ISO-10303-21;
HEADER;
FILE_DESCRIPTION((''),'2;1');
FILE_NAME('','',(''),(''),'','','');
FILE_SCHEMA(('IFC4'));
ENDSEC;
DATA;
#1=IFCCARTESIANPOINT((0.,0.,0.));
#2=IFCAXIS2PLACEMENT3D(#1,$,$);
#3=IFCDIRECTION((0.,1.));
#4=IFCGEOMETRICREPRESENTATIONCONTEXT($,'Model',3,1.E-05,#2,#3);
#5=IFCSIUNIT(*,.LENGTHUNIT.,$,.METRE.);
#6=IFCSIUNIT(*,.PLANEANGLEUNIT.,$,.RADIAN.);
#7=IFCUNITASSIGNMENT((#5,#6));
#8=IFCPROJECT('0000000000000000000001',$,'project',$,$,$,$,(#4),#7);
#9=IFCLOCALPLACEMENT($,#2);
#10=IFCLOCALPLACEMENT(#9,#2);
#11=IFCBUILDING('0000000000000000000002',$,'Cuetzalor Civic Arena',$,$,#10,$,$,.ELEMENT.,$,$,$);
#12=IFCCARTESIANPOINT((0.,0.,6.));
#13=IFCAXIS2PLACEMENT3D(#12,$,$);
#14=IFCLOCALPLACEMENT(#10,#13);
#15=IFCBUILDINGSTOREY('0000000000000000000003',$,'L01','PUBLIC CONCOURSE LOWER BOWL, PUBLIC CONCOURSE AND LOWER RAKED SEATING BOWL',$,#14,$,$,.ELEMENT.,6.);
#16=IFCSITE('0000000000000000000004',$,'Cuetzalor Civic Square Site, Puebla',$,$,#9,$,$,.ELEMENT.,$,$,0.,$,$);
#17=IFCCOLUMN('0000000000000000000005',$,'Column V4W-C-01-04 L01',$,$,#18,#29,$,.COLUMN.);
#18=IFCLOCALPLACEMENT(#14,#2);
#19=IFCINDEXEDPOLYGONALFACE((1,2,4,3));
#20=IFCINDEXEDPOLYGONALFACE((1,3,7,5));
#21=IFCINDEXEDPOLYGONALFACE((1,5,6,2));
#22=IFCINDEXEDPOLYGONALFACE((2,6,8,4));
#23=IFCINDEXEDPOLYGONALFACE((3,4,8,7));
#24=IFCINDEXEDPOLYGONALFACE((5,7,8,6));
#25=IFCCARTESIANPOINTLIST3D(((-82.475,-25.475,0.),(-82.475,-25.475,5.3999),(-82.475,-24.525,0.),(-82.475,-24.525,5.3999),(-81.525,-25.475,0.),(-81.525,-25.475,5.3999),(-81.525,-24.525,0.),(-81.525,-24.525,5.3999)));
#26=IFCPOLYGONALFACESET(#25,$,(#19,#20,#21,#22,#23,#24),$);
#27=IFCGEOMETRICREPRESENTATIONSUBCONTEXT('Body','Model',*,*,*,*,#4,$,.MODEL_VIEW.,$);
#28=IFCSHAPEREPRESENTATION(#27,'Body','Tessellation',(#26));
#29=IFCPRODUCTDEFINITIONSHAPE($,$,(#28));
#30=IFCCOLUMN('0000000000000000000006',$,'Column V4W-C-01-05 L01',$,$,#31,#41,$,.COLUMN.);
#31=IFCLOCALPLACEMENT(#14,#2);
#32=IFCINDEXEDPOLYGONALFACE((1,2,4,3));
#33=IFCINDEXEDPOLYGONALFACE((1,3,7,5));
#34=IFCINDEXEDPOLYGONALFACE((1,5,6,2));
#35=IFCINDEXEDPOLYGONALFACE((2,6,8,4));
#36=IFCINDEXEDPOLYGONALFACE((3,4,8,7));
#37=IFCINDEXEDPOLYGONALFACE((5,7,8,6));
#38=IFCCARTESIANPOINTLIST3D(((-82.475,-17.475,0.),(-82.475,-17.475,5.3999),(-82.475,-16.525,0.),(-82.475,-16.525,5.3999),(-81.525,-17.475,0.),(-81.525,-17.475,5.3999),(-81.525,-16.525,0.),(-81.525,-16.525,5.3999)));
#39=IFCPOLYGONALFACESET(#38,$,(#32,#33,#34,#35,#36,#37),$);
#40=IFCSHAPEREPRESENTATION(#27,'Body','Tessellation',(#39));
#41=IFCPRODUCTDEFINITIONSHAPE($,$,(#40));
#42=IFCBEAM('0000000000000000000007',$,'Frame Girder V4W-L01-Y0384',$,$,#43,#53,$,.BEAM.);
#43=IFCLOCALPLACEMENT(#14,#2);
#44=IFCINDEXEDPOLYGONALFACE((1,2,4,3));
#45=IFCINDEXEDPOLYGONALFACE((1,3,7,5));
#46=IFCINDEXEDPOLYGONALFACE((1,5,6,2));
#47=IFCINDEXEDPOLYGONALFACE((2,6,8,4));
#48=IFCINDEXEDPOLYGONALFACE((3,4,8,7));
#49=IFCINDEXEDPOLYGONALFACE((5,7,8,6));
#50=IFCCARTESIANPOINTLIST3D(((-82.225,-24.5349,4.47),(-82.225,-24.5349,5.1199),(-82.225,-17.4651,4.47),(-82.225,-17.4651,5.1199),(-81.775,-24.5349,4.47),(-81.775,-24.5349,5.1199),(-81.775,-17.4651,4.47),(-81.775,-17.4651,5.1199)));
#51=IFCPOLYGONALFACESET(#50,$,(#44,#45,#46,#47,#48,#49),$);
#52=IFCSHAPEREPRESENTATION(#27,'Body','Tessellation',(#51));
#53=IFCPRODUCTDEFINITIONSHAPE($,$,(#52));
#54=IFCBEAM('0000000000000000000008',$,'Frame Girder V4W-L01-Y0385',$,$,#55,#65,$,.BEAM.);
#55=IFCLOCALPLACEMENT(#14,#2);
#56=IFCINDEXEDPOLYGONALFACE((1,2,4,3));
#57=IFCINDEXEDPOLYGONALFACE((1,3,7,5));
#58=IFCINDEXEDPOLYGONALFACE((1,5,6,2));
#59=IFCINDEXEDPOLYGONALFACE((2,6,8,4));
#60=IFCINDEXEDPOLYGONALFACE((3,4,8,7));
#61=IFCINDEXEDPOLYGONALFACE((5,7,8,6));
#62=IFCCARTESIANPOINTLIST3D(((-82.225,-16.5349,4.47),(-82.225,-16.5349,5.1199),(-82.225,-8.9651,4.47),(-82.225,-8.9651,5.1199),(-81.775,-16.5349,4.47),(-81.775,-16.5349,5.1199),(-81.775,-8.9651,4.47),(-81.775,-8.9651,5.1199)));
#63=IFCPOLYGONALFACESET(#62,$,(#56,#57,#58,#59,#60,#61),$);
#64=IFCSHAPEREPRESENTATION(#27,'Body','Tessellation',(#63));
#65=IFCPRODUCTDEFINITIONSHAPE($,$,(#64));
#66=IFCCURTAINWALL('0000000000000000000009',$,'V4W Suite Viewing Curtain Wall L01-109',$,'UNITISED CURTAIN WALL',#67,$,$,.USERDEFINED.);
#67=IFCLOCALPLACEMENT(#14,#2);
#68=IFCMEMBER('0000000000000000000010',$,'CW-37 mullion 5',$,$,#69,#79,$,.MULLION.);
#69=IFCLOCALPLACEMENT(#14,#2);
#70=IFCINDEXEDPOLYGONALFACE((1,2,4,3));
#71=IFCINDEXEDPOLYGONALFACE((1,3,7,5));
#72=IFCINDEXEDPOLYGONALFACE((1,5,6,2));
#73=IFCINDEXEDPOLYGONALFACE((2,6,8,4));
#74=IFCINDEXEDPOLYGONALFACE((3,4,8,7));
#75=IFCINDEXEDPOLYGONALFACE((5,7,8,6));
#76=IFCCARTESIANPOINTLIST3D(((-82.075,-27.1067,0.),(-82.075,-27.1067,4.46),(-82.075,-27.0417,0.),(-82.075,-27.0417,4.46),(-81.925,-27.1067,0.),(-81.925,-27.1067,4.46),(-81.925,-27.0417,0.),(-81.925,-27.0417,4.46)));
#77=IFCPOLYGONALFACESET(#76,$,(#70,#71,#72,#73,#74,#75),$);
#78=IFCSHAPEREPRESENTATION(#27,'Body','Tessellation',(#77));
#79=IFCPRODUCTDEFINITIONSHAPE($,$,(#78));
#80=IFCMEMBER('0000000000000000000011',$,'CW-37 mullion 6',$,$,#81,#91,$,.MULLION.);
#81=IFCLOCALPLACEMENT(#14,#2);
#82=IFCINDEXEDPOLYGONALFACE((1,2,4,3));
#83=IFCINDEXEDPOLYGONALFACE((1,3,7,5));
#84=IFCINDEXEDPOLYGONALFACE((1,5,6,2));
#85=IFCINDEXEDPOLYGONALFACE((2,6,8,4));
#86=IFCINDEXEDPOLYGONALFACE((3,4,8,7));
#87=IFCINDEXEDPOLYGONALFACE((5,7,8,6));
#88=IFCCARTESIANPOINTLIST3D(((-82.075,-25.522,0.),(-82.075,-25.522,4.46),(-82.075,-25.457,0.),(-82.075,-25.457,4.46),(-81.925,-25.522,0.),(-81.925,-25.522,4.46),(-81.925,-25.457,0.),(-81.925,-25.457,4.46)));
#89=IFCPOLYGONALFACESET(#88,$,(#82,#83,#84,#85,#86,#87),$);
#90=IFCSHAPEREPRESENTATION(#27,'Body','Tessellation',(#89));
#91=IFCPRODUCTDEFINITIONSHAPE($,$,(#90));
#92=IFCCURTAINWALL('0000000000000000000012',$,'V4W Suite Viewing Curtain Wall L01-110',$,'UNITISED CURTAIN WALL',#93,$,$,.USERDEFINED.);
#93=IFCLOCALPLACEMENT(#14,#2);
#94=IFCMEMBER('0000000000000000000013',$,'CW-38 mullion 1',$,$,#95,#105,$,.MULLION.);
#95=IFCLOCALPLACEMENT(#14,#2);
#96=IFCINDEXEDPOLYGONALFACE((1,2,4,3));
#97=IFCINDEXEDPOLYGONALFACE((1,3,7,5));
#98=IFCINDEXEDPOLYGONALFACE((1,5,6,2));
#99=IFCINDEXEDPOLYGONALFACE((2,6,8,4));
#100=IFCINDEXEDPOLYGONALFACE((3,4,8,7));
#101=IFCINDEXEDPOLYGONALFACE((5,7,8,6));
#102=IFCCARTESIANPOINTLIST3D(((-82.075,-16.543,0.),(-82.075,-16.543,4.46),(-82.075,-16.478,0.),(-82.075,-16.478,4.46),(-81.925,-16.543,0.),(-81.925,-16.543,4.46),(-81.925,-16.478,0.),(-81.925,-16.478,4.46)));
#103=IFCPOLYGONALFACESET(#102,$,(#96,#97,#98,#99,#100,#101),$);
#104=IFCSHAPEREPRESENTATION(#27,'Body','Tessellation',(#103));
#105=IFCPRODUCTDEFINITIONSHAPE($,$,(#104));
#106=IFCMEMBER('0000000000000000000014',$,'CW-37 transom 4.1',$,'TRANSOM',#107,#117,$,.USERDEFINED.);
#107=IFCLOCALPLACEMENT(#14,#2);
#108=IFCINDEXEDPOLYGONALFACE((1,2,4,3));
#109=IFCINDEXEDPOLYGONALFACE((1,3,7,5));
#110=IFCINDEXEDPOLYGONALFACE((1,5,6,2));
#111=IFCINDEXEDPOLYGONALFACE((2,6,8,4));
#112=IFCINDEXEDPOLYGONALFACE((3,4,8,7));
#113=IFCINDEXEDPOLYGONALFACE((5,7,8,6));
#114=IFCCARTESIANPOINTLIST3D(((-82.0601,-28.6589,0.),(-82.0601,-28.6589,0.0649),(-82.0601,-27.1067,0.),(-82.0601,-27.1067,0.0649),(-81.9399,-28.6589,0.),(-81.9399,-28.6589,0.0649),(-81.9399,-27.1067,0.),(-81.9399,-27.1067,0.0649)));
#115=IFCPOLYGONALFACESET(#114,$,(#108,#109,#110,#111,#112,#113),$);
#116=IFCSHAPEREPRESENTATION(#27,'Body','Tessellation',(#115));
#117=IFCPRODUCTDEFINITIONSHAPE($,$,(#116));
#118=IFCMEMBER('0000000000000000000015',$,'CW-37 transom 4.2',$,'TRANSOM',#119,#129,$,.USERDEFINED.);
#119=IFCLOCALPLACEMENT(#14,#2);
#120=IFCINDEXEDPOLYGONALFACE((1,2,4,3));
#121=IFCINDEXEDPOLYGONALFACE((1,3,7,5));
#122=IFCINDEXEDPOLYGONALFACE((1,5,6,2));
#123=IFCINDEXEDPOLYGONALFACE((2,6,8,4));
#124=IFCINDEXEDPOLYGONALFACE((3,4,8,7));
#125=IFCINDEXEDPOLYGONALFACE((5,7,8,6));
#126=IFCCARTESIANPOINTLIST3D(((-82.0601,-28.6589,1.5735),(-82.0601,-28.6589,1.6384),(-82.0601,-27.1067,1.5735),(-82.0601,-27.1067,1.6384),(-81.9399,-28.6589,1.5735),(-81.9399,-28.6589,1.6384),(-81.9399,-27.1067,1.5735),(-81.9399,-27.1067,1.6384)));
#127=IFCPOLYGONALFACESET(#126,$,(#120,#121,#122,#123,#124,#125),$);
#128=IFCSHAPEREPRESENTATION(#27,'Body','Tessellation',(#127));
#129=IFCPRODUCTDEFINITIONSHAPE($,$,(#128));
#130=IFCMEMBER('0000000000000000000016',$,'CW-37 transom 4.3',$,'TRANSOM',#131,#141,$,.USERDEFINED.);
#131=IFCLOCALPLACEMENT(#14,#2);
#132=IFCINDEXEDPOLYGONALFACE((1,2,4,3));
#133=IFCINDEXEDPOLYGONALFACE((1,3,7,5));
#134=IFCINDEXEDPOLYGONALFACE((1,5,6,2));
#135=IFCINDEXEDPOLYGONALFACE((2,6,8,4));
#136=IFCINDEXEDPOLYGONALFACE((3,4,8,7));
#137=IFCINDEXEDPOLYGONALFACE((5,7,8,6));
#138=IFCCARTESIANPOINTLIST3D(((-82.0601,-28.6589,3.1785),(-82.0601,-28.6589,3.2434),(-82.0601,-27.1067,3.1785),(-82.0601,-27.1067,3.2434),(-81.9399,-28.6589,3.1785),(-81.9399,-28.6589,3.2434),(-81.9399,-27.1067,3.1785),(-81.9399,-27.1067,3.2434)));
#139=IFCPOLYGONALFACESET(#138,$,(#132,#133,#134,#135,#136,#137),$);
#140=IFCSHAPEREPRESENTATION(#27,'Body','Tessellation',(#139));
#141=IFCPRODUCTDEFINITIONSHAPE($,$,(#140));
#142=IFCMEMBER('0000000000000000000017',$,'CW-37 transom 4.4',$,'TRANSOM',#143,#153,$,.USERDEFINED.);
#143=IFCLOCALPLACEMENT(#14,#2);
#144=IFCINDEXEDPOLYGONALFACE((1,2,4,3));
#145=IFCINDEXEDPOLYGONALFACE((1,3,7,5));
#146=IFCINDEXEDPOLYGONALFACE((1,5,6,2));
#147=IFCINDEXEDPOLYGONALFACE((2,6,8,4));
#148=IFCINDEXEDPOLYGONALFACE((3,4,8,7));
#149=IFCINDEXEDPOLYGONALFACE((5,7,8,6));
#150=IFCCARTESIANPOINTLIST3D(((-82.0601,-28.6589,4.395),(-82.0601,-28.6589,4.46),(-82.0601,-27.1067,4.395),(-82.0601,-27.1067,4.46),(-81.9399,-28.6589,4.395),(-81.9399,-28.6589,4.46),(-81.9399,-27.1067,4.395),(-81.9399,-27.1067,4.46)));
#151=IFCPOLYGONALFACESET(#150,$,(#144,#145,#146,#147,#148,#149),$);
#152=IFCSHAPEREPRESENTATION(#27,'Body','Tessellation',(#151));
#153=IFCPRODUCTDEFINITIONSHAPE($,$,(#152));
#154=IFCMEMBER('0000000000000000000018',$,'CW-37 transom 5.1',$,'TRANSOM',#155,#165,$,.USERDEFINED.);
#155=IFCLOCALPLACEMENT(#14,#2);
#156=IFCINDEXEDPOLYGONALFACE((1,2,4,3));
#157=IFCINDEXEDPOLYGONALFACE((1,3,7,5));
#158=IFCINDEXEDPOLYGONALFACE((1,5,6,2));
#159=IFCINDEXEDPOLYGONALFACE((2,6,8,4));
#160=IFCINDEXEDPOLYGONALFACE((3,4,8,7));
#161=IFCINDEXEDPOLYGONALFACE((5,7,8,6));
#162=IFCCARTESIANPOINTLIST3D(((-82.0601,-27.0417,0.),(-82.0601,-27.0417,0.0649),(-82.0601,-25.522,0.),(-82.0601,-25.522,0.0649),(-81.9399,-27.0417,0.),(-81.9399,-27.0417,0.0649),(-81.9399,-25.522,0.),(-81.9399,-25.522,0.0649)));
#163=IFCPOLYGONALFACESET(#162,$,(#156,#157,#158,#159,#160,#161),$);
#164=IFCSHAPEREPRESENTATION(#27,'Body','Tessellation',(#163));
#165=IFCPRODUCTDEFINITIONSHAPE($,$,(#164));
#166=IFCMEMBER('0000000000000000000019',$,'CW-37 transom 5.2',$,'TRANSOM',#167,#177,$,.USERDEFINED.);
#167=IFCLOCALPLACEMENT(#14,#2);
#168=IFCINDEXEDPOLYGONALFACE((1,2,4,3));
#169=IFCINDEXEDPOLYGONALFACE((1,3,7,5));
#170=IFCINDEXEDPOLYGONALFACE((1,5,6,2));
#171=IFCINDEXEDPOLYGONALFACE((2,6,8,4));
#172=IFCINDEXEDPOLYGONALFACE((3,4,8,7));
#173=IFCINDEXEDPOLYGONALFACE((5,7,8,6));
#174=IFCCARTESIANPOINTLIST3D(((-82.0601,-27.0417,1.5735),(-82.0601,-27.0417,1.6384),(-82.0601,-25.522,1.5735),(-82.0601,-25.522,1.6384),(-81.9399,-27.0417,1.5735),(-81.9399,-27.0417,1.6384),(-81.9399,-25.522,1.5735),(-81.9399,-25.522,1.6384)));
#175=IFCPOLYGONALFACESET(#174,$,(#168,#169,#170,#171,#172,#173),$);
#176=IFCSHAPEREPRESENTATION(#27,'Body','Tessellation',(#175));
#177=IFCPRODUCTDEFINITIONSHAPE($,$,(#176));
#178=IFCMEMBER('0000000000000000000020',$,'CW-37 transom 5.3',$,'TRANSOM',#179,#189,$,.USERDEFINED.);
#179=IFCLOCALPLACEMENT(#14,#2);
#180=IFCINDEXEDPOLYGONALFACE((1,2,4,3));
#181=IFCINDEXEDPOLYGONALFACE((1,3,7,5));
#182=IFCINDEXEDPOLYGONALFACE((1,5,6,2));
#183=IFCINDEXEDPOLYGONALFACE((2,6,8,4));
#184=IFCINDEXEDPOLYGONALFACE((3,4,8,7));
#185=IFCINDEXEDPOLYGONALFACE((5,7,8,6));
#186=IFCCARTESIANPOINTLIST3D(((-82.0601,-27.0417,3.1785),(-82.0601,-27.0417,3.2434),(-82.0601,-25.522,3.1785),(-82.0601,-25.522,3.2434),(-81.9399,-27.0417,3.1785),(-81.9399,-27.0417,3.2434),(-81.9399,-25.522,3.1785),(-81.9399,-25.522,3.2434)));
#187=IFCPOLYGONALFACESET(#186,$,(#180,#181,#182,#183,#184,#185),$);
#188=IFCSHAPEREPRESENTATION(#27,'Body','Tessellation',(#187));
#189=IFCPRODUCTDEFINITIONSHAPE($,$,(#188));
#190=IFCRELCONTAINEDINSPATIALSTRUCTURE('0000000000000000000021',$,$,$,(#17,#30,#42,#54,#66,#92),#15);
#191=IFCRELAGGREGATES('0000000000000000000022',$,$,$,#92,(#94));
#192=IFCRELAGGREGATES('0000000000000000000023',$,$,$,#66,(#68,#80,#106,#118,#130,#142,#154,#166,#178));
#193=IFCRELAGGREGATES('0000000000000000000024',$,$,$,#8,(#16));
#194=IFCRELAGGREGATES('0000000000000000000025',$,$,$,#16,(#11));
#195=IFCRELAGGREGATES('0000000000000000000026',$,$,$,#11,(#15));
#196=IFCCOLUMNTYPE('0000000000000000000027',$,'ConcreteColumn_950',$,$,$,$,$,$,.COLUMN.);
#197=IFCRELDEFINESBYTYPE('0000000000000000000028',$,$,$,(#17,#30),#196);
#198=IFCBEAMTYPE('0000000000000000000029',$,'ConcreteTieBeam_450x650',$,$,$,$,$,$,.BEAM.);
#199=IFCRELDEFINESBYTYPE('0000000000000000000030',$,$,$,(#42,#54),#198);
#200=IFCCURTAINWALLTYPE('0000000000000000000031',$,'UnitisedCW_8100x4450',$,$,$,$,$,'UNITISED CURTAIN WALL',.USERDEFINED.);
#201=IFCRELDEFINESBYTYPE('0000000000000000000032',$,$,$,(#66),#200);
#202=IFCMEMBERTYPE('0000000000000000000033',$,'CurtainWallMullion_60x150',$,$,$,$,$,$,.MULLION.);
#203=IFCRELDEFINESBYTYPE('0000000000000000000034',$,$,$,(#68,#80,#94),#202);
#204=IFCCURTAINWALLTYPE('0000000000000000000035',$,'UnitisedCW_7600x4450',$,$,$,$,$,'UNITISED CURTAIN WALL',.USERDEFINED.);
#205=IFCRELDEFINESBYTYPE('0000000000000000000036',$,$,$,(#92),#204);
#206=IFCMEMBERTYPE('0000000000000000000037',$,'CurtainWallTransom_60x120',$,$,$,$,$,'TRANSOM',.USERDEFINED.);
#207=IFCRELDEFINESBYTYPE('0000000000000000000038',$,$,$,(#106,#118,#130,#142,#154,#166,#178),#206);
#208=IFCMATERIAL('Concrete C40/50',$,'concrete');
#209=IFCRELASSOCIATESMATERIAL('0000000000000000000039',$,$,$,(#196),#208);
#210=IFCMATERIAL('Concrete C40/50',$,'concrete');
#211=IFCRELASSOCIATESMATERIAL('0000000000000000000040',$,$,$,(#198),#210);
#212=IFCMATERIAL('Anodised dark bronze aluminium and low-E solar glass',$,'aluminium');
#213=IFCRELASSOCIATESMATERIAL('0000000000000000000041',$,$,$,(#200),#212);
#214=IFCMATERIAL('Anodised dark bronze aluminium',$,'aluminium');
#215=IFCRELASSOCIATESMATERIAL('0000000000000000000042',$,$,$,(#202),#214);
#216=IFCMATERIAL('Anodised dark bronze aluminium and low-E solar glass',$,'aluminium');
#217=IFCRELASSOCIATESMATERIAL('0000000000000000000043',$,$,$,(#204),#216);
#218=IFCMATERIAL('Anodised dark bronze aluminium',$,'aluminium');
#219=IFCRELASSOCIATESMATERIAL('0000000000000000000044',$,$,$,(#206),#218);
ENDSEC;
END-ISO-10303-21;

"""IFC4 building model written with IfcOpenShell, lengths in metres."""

from ifc_helpers import new_model, si_unit, direction, frame, origin, origin_2d, place, context, subcontext, project, spatial, rectangle, extrude, material, material_profile, profile_set, type_object, element, aggregate, save


model = new_model("IFC4")

# Units and contexts
model_context = context("Model", 3, precision=1e-05, world=origin(), true_north=direction((0.0, 1.0)))
body_context = subcontext(model_context, "Body", "Model", "MODEL_VIEW")
ifc_project = project(units=[si_unit("LENGTHUNIT", "METRE"), si_unit("PLANEANGLEUNIT", "RADIAN")], contexts=[model_context])

# Site, building, storey
site_placement = place(None, origin())
site = spatial("IfcSite", under=ifc_project, at=site_placement, Name="Cuetzalor Civic Square Site, Puebla", CompositionType="ELEMENT", RefElevation=0.0)
building_placement = place(site_placement, origin())
building = spatial("IfcBuilding", under=site, at=building_placement, Name="Cuetzalor Civic Arena", CompositionType="ELEMENT")
storey_placement = place(building_placement, frame((0.0, 0.0, 6.0)))
storey = spatial("IfcBuildingStorey", under=building, at=storey_placement, Name="L01", Description="PUBLIC CONCOURSE LOWER BOWL, PUBLIC CONCOURSE AND LOWER RAKED SEATING BOWL", CompositionType="ELEMENT", Elevation=6.0)

# Columns
ifc_material_1 = material(Name="Concrete C40/50", Category="concrete")
ifc_material_profile_1 = material_profile(ifc_material_1, rectangle(XDim=0.95, YDim=0.95, at=origin_2d()), Name="RC 950x950")
ifc_profile_set_1 = profile_set([ifc_material_profile_1], Name="Concrete C40/50")
column_type = type_object("IfcColumnType", Name="ConcreteColumn_950", PredefinedType="COLUMN", material=ifc_profile_set_1)
for number, where, z_axis, x_axis, name in (
    (1, (-82.0, -25.0, 0.0), (0.0, 0.0, 1.0), (1.0, 0.0, 0.0), "Column V4W-C-01-04 L01"),
    (2, (-82.0, -17.0, 0.0), (0.0, 0.0, 1.0), (1.0, 0.0, 0.0), "Column V4W-C-01-05 L01"),
):
    element("IfcColumn", number, at=place(storey_placement, frame(where, z_axis=z_axis, x_axis=x_axis)), inside=storey, type_object=column_type, Name=name, PredefinedType="COLUMN", context=body_context, shape_type="SweptSolid", body=[
        extrude(rectangle(XDim=0.95, YDim=0.95, at=origin_2d()), origin(), (0.0, 0.0, 1.0), 5.3999),
    ])

# Beams
ifc_material_2 = material(Name="Concrete C40/50", Category="concrete")
ifc_material_profile_2 = material_profile(ifc_material_2, rectangle(XDim=0.45, YDim=0.6499, at=origin_2d()), Name="RC 450x650")
ifc_profile_set_2 = profile_set([ifc_material_profile_2], Name="Concrete C40/50")
beam_type = type_object("IfcBeamType", Name="ConcreteTieBeam_450x650", PredefinedType="BEAM", material=ifc_profile_set_2)
beam_1_placement = place(storey_placement, frame((-82.0, -24.5349, 4.7949), z_axis=(0.0, 1.0, 0.0), x_axis=(-1.0, 0.0, 0.0)))
element("IfcBeam", 3, at=beam_1_placement, inside=storey, type_object=beam_type, Name="Frame Girder V4W-L01-Y0384", PredefinedType="BEAM", context=body_context, shape_type="SweptSolid", body=[
    extrude(rectangle(XDim=0.45, YDim=0.6499, at=origin_2d()), origin(), (0.0, 0.0, 1.0), 7.0698),
])
beam_2_placement = place(storey_placement, frame((-82.0, -16.5349, 4.7949), z_axis=(0.0, 1.0, 0.0), x_axis=(-1.0, 0.0, 0.0)))
element("IfcBeam", 4, at=beam_2_placement, inside=storey, type_object=beam_type, Name="Frame Girder V4W-L01-Y0385", PredefinedType="BEAM", context=body_context, shape_type="SweptSolid", body=[
    extrude(rectangle(XDim=0.45, YDim=0.6499, at=origin_2d()), origin(), (0.0, 0.0, 1.0), 7.5698),
])

# Curtain wall, members
ifc_material_3 = material(Name="Anodised dark bronze aluminium and low-E solar glass", Category="aluminium")
curtain_wall_type_1 = type_object("IfcCurtainWallType", Name="UnitisedCW_8100x4450", ElementType="UNITISED CURTAIN WALL", PredefinedType="USERDEFINED", material=ifc_material_3)
curtain_wall_1_placement = place(storey_placement, origin())
curtain_wall_1 = element("IfcCurtainWall", 5, at=curtain_wall_1_placement, inside=storey, type_object=curtain_wall_type_1, Name="V4W Suite Viewing Curtain Wall L01-109", ObjectType="UNITISED CURTAIN WALL", PredefinedType="USERDEFINED")
ifc_material_4 = material(Name="Anodised dark bronze aluminium", Category="aluminium")
ifc_material_profile_3 = material_profile(ifc_material_4, rectangle(XDim=0.0649, YDim=0.1499, at=origin_2d()), Name="ALU MULLION 65x150")
ifc_profile_set_3 = profile_set([ifc_material_profile_3], Name="Anodised dark bronze aluminium")
member_type_1 = type_object("IfcMemberType", Name="CurtainWallMullion_60x150", PredefinedType="MULLION", material=ifc_profile_set_3)
member_1_placement = place(storey_placement, frame((-82.0, -27.0742, 0.0), z_axis=(0.0, 0.0, 1.0), x_axis=(0.0, 1.0, 0.0)))
member_1 = element("IfcMember", 6, at=member_1_placement, type_object=member_type_1, Name="CW-37 mullion 5", PredefinedType="MULLION", context=body_context, shape_type="SweptSolid", body=[
    extrude(rectangle(XDim=0.0649, YDim=0.1499, at=origin_2d()), origin(), (0.0, 0.0, 1.0), 4.46),
])
member_2_placement = place(storey_placement, frame((-82.0, -25.4895, 0.0), z_axis=(0.0, 0.0, 1.0), x_axis=(0.0, 1.0, 0.0)))
member_2 = element("IfcMember", 7, at=member_2_placement, type_object=member_type_1, Name="CW-37 mullion 6", PredefinedType="MULLION", context=body_context, shape_type="SweptSolid", body=[
    extrude(rectangle(XDim=0.0649, YDim=0.1499, at=origin_2d()), origin(), (0.0, 0.0, 1.0), 4.46),
])

# Curtain wall, member
ifc_material_5 = material(Name="Anodised dark bronze aluminium and low-E solar glass", Category="aluminium")
curtain_wall_type_2 = type_object("IfcCurtainWallType", Name="UnitisedCW_7600x4450", ElementType="UNITISED CURTAIN WALL", PredefinedType="USERDEFINED", material=ifc_material_5)
curtain_wall_2_placement = place(storey_placement, origin())
curtain_wall_2 = element("IfcCurtainWall", 8, at=curtain_wall_2_placement, inside=storey, type_object=curtain_wall_type_2, Name="V4W Suite Viewing Curtain Wall L01-110", ObjectType="UNITISED CURTAIN WALL", PredefinedType="USERDEFINED")
member_3_placement = place(storey_placement, frame((-82.0, -16.5105, 0.0), z_axis=(0.0, 0.0, 1.0), x_axis=(0.0, 1.0, 0.0)))
member_3 = element("IfcMember", 9, at=member_3_placement, type_object=member_type_1, Name="CW-38 mullion 1", PredefinedType="MULLION", context=body_context, shape_type="SweptSolid", body=[
    extrude(rectangle(XDim=0.0649, YDim=0.1499, at=origin_2d()), origin(), (0.0, 0.0, 1.0), 4.46),
])
aggregate(curtain_wall_2, [member_3])

# Members
ifc_material_6 = material(Name="Anodised dark bronze aluminium", Category="aluminium")
ifc_material_profile_4 = material_profile(ifc_material_6, rectangle(XDim=0.1201, YDim=0.0649, at=origin_2d()), Name="ALU TRANSOM 65x120")
ifc_profile_set_4 = profile_set([ifc_material_profile_4], Name="Anodised dark bronze aluminium")
member_type_2 = type_object("IfcMemberType", Name="CurtainWallTransom_60x120", ElementType="TRANSOM", PredefinedType="USERDEFINED", material=ifc_profile_set_4)
member_4_placement = place(storey_placement, frame((-82.0, -28.6589, 0.0325), z_axis=(0.0, 1.0, 0.0), x_axis=(-1.0, 0.0, 0.0)))
member_4 = element("IfcMember", 10, at=member_4_placement, type_object=member_type_2, Name="CW-37 transom 4.1", ObjectType="TRANSOM", PredefinedType="USERDEFINED", context=body_context, shape_type="SweptSolid", body=[
    extrude(rectangle(XDim=0.1201, YDim=0.0649, at=origin_2d()), origin(), (0.0, 0.0, 1.0), 1.5522),
])
member_5_placement = place(storey_placement, frame((-82.0, -28.6589, 1.606), z_axis=(0.0, 1.0, 0.0), x_axis=(-1.0, 0.0, 0.0)))
member_5 = element("IfcMember", 11, at=member_5_placement, type_object=member_type_2, Name="CW-37 transom 4.2", ObjectType="TRANSOM", PredefinedType="USERDEFINED", context=body_context, shape_type="SweptSolid", body=[
    extrude(rectangle(XDim=0.1201, YDim=0.0649, at=origin_2d()), origin(), (0.0, 0.0, 1.0), 1.5522),
])
member_6_placement = place(storey_placement, frame((-82.0, -28.6589, 3.2109), z_axis=(0.0, 1.0, 0.0), x_axis=(-1.0, 0.0, 0.0)))
member_6 = element("IfcMember", 12, at=member_6_placement, type_object=member_type_2, Name="CW-37 transom 4.3", ObjectType="TRANSOM", PredefinedType="USERDEFINED", context=body_context, shape_type="SweptSolid", body=[
    extrude(rectangle(XDim=0.1201, YDim=0.0649, at=origin_2d()), origin(), (0.0, 0.0, 1.0), 1.5522),
])
member_7_placement = place(storey_placement, frame((-82.0, -28.6589, 4.4275), z_axis=(0.0, 1.0, 0.0), x_axis=(-1.0, 0.0, 0.0)))
member_7 = element("IfcMember", 13, at=member_7_placement, type_object=member_type_2, Name="CW-37 transom 4.4", ObjectType="TRANSOM", PredefinedType="USERDEFINED", context=body_context, shape_type="SweptSolid", body=[
    extrude(rectangle(XDim=0.1201, YDim=0.0649, at=origin_2d()), origin(), (0.0, 0.0, 1.0), 1.5522),
])
member_8_placement = place(storey_placement, frame((-82.0, -27.0417, 0.0325), z_axis=(0.0, 1.0, 0.0), x_axis=(-1.0, 0.0, 0.0)))
member_8 = element("IfcMember", 14, at=member_8_placement, type_object=member_type_2, Name="CW-37 transom 5.1", ObjectType="TRANSOM", PredefinedType="USERDEFINED", context=body_context, shape_type="SweptSolid", body=[
    extrude(rectangle(XDim=0.1201, YDim=0.0649, at=origin_2d()), origin(), (0.0, 0.0, 1.0), 1.5198),
])
member_9_placement = place(storey_placement, frame((-82.0, -27.0417, 1.606), z_axis=(0.0, 1.0, 0.0), x_axis=(-1.0, 0.0, 0.0)))
member_9 = element("IfcMember", 15, at=member_9_placement, type_object=member_type_2, Name="CW-37 transom 5.2", ObjectType="TRANSOM", PredefinedType="USERDEFINED", context=body_context, shape_type="SweptSolid", body=[
    extrude(rectangle(XDim=0.1201, YDim=0.0649, at=origin_2d()), origin(), (0.0, 0.0, 1.0), 1.5198),
])
member_10_placement = place(storey_placement, frame((-82.0, -27.0417, 3.2109), z_axis=(0.0, 1.0, 0.0), x_axis=(-1.0, 0.0, 0.0)))
member_10 = element("IfcMember", 16, at=member_10_placement, type_object=member_type_2, Name="CW-37 transom 5.3", ObjectType="TRANSOM", PredefinedType="USERDEFINED", context=body_context, shape_type="SweptSolid", body=[
    extrude(rectangle(XDim=0.1201, YDim=0.0649, at=origin_2d()), origin(), (0.0, 0.0, 1.0), 1.5198),
])

aggregate(curtain_wall_1, [member_1, member_2, member_4, member_5, member_6, member_7, member_8, member_9, member_10])

save(model, "model.ifc")
